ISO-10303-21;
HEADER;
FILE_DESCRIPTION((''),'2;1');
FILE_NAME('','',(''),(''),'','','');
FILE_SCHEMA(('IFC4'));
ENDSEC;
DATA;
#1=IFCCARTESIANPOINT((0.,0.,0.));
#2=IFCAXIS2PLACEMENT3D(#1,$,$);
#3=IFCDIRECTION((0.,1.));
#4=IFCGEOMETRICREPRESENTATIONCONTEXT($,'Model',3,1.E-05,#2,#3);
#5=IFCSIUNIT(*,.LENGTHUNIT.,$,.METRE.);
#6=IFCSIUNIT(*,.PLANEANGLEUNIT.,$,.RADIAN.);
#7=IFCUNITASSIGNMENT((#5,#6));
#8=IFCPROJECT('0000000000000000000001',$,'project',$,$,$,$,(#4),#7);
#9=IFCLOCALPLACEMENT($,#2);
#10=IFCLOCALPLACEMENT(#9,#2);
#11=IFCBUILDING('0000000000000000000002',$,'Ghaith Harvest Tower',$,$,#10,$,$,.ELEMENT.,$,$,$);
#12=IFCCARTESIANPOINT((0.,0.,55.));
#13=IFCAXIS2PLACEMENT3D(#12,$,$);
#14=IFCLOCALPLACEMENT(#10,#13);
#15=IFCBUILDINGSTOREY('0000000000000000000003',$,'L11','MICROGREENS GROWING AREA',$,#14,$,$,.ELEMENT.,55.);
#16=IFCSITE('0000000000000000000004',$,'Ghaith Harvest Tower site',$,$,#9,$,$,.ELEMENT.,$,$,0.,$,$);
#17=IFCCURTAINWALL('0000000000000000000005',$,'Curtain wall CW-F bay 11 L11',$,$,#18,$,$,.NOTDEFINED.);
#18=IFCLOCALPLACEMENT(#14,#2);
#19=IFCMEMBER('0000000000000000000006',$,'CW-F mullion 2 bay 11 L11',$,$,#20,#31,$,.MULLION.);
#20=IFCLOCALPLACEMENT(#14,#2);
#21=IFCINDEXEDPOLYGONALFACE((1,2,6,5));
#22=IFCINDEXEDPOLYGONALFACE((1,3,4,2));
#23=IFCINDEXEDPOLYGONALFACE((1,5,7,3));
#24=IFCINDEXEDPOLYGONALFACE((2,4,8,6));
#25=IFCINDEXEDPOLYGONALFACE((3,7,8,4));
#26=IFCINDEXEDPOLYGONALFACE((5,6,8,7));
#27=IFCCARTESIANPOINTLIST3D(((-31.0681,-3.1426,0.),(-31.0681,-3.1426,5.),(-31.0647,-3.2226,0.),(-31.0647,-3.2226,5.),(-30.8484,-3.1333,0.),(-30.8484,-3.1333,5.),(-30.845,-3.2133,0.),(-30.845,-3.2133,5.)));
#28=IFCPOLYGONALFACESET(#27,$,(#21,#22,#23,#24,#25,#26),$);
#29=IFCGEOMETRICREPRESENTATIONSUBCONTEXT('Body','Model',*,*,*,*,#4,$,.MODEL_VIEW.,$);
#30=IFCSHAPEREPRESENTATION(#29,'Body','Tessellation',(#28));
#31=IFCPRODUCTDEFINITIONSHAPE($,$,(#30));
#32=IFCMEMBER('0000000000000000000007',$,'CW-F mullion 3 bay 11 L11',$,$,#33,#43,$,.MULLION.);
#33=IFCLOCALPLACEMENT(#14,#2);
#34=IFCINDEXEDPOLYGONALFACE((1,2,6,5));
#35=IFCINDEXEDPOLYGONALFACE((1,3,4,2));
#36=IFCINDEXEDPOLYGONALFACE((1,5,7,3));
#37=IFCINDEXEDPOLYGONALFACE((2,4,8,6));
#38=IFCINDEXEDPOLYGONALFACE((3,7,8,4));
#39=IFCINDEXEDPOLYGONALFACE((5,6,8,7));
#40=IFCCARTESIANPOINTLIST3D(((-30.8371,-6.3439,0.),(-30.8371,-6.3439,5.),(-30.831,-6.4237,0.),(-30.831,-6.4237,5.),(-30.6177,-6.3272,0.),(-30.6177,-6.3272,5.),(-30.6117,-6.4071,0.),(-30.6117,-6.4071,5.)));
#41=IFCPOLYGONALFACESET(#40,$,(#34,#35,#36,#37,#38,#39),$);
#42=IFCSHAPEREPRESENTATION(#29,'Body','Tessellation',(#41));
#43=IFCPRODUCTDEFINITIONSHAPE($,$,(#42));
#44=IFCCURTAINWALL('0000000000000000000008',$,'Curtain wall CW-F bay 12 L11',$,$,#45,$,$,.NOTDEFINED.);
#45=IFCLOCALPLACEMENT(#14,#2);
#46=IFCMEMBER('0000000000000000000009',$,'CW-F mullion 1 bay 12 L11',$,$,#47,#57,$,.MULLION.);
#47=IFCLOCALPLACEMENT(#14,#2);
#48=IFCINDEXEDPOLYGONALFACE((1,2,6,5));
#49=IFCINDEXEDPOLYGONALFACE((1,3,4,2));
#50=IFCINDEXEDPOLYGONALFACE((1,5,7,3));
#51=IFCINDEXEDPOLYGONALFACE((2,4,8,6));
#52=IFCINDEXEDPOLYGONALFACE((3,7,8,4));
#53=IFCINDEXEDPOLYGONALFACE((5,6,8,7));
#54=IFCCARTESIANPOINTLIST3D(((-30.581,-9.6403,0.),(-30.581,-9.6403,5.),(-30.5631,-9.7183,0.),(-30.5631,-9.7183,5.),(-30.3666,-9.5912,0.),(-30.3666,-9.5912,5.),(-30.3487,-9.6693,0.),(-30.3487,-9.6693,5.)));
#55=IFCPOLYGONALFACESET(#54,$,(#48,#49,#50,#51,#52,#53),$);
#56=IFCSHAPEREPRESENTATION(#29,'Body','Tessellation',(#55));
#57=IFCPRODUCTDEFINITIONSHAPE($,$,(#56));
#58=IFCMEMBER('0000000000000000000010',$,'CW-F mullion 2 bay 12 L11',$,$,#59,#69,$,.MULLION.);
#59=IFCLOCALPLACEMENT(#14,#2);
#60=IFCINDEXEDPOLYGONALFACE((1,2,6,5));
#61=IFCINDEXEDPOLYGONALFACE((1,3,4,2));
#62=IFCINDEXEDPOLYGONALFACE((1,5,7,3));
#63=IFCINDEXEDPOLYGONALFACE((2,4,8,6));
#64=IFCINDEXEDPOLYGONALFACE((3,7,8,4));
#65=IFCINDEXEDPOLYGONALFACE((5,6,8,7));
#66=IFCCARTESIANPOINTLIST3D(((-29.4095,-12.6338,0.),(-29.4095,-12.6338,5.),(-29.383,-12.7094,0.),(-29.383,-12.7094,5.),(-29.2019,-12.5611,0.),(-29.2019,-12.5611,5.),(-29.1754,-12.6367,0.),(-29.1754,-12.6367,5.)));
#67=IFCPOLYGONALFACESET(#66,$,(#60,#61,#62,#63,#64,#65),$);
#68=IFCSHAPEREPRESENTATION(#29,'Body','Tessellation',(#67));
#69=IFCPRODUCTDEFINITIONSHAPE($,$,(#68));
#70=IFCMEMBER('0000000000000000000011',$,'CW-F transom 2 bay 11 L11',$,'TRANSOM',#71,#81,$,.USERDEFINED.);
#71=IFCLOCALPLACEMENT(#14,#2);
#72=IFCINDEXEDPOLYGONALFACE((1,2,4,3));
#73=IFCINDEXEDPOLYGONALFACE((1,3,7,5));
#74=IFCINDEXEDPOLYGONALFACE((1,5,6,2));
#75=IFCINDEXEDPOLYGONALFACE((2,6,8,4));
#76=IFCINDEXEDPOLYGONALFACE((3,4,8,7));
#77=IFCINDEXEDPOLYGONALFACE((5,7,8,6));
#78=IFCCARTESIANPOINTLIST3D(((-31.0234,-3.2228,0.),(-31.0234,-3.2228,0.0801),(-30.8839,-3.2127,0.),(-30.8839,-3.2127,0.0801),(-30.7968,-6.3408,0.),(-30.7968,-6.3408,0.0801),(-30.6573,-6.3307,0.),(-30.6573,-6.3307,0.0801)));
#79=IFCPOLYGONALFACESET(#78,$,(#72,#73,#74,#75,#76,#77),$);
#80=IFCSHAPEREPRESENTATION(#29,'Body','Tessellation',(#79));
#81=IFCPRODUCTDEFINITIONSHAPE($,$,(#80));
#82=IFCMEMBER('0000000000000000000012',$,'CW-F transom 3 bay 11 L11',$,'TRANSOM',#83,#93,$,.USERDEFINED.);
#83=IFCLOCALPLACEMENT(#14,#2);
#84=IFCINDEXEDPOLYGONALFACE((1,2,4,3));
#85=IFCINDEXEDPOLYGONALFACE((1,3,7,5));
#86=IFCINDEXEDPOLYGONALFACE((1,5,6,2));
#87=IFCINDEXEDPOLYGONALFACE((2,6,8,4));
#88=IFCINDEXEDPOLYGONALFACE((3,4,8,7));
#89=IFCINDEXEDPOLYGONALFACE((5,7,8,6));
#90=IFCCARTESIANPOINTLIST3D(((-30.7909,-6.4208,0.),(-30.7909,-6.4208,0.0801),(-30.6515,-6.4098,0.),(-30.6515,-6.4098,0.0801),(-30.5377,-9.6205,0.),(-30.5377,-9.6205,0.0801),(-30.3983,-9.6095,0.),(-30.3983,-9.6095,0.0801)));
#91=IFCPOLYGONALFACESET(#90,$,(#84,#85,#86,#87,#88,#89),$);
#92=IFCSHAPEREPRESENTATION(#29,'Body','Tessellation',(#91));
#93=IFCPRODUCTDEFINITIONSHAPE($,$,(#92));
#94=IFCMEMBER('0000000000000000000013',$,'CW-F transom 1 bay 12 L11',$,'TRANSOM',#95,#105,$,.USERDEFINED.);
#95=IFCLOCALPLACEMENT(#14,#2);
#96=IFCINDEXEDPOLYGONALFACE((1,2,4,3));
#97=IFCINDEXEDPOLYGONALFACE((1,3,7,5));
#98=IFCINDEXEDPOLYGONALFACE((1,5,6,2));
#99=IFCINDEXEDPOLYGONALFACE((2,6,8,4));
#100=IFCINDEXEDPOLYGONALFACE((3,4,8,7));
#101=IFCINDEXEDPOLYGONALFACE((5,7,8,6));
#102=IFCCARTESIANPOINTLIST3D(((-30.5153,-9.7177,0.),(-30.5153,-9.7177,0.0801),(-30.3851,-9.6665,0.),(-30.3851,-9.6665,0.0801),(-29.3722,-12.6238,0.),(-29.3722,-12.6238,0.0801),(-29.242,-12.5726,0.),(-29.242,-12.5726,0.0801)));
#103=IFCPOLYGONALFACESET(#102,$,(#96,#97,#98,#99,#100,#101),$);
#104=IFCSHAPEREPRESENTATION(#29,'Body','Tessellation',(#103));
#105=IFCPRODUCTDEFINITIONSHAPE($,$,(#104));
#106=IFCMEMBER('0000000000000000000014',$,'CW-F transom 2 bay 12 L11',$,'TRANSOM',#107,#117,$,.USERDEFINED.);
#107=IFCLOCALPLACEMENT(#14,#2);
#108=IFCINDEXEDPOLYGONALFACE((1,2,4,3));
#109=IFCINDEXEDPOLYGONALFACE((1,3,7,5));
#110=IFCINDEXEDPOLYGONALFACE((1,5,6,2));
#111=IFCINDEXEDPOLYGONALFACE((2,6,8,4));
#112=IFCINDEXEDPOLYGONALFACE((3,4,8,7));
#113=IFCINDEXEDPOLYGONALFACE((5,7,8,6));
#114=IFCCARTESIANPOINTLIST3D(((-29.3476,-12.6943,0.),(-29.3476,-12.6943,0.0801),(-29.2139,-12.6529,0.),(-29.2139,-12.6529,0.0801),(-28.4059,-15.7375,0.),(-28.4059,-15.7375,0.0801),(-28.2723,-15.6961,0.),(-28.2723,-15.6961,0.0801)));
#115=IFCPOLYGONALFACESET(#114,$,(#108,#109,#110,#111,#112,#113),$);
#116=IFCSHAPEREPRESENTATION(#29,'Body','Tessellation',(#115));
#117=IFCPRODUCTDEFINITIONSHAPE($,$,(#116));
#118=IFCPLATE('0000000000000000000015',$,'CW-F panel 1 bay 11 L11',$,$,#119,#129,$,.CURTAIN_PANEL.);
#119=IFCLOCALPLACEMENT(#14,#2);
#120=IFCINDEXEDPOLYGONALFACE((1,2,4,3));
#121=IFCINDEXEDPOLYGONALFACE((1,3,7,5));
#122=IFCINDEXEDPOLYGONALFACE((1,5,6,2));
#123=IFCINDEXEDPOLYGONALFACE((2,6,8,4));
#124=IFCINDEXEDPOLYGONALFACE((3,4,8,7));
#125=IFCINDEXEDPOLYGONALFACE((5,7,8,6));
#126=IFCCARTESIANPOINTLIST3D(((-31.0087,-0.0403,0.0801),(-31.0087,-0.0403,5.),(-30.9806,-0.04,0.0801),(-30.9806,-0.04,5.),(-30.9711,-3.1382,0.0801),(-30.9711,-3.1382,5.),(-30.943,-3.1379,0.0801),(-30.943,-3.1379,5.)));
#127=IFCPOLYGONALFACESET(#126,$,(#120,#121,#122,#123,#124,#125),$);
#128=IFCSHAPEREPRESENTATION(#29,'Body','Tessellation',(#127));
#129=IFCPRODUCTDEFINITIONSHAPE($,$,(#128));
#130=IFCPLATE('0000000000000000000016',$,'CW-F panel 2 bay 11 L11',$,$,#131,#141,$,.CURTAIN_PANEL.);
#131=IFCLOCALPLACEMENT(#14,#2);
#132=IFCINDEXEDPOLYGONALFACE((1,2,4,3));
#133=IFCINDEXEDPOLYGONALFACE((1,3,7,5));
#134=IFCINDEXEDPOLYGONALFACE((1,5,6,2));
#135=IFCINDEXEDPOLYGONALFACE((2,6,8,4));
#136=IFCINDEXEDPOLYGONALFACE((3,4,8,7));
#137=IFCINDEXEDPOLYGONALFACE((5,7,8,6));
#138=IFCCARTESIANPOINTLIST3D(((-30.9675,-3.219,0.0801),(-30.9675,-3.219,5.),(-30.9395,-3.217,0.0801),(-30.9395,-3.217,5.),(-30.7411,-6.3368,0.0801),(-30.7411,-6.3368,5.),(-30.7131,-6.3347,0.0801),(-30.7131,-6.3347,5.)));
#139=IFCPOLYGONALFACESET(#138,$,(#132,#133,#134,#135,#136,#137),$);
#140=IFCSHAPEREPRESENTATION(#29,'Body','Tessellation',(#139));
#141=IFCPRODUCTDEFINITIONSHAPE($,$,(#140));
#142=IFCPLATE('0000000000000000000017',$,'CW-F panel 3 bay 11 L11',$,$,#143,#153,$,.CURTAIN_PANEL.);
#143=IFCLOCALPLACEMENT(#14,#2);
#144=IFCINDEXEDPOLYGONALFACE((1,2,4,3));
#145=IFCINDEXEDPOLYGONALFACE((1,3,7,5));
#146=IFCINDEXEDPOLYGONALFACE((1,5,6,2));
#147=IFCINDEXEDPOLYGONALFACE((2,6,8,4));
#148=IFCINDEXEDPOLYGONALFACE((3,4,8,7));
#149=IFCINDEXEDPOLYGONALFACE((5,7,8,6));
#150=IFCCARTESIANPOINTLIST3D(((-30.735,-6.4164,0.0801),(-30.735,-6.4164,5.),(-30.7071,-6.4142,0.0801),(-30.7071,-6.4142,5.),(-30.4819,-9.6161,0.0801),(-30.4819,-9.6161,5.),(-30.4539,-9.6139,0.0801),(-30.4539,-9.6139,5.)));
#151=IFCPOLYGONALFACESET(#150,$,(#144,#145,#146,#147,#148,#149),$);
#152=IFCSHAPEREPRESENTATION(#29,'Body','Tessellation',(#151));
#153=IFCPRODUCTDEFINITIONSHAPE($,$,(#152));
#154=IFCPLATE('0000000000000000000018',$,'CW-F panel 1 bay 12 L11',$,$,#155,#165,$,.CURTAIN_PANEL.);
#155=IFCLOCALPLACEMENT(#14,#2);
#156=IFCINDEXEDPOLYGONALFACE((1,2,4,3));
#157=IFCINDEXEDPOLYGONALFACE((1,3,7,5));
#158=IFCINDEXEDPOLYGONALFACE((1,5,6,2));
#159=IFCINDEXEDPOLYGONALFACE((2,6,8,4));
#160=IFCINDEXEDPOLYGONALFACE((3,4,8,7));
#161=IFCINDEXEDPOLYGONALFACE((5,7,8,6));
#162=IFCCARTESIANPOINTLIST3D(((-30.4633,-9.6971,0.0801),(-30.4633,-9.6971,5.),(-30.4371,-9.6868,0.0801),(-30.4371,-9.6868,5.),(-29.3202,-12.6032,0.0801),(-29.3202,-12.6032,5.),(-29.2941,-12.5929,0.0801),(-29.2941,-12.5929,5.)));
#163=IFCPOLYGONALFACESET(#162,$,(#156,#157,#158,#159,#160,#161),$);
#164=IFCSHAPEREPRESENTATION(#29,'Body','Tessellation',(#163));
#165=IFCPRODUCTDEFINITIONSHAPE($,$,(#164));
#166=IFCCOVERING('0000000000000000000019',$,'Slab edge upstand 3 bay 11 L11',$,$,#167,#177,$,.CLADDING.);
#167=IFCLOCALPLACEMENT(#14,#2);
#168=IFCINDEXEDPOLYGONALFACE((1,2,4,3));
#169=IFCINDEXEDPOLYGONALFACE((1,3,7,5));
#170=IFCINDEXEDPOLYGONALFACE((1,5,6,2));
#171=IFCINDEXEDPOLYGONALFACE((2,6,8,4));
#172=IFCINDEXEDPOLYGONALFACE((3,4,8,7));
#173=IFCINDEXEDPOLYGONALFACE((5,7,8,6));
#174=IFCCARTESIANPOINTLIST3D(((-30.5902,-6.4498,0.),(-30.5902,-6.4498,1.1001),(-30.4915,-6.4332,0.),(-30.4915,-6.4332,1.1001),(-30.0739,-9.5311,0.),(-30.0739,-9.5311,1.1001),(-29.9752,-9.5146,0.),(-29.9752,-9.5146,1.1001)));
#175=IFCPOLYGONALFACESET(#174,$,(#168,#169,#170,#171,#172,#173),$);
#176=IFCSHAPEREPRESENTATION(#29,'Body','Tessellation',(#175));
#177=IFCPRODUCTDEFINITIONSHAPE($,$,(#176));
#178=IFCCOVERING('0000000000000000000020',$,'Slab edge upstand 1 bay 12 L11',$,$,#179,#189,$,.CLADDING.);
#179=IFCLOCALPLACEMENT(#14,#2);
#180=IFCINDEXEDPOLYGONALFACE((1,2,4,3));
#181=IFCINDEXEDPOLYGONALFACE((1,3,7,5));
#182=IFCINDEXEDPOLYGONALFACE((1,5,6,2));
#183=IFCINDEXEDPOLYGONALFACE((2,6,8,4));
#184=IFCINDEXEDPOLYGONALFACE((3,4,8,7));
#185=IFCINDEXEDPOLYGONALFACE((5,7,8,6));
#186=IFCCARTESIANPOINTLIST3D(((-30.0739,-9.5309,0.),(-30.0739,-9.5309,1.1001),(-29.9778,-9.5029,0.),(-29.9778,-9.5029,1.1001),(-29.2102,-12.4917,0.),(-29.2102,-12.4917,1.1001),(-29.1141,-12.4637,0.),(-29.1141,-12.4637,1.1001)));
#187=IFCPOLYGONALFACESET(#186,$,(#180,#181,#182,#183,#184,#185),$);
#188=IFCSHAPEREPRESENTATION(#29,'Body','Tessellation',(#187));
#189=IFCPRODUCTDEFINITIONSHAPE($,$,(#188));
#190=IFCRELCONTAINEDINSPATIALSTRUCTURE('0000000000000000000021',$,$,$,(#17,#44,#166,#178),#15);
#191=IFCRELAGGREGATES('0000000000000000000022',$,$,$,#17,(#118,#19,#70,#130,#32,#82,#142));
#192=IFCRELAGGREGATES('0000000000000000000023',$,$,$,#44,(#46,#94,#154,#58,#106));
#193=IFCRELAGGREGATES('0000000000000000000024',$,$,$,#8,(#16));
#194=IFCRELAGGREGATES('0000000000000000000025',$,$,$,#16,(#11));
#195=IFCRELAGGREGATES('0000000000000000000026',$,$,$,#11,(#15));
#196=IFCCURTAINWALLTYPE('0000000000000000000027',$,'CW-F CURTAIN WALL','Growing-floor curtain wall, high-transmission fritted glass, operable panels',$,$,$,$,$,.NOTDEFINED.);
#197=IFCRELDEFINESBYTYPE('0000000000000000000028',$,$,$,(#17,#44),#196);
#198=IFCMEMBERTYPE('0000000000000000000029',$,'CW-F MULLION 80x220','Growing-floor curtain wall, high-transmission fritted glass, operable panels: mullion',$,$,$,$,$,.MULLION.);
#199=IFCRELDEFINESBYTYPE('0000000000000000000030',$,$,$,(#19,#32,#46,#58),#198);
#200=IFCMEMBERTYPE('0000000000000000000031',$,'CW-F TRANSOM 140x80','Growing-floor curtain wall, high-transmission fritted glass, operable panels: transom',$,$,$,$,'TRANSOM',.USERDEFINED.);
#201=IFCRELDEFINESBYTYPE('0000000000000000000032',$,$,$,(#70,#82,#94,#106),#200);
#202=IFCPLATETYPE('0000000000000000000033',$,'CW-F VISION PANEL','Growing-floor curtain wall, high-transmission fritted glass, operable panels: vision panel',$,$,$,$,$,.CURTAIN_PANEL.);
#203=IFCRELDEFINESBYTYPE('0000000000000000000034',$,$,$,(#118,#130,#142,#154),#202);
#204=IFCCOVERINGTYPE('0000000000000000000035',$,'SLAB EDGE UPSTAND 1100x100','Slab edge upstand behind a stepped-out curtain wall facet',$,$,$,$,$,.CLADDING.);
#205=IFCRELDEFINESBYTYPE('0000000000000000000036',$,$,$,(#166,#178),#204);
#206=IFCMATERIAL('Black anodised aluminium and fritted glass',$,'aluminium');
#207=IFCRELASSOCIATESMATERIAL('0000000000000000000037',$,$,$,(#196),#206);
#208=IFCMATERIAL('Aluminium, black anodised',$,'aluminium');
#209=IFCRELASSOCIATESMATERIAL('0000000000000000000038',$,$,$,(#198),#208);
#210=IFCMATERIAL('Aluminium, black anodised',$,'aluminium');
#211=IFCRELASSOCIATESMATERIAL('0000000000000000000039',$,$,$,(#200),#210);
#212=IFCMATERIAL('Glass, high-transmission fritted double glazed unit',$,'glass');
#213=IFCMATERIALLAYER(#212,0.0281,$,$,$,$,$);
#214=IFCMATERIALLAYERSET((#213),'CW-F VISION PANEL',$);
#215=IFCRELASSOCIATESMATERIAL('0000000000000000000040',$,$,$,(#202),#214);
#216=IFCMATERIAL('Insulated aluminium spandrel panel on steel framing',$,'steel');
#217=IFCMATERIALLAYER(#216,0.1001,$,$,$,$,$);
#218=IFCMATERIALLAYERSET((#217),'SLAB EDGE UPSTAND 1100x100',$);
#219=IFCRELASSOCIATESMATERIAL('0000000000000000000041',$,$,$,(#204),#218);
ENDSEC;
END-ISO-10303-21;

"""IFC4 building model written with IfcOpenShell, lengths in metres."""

from ifc_helpers import new_model, si_unit, direction, frame, origin, origin_2d, place, context, subcontext, project, spatial, rectangle, extrude, material, layer, layer_set, material_profile, profile_set, type_object, element, aggregate, save


model = new_model("IFC4")

# Units and contexts
model_context = context("Model", 3, precision=1e-05, world=origin(), true_north=direction((0.0, 1.0)))
body_context = subcontext(model_context, "Body", "Model", "MODEL_VIEW")
ifc_project = project(units=[si_unit("LENGTHUNIT", "METRE"), si_unit("PLANEANGLEUNIT", "RADIAN")], contexts=[model_context])

# Site, building, storey
site_placement = place(None, origin())
site = spatial("IfcSite", under=ifc_project, at=site_placement, Name="Ghaith Harvest Tower site", CompositionType="ELEMENT", RefElevation=0.0)
building_placement = place(site_placement, origin())
building = spatial("IfcBuilding", under=site, at=building_placement, Name="Ghaith Harvest Tower", CompositionType="ELEMENT")
storey_placement = place(building_placement, frame((0.0, 0.0, 55.0)))
storey = spatial("IfcBuildingStorey", under=building, at=storey_placement, Name="L11", Description="MICROGREENS GROWING AREA", CompositionType="ELEMENT", Elevation=55.0)

# Curtain walls, members
ifc_material_1 = material(Name="Black anodised aluminium and fritted glass", Category="aluminium")
curtain_wall_type = type_object("IfcCurtainWallType", Name="CW-F CURTAIN WALL", Description="Growing-floor curtain wall, high-transmission fritted glass, operable panels", PredefinedType="NOTDEFINED", material=ifc_material_1)
curtain_wall_1_placement = place(storey_placement, origin())
curtain_wall_1 = element("IfcCurtainWall", 1, at=curtain_wall_1_placement, inside=storey, type_object=curtain_wall_type, Name="Curtain wall CW-F bay 11 L11", PredefinedType="NOTDEFINED")
ifc_material_2 = material(Name="Aluminium, black anodised", Category="aluminium")
ifc_material_profile_1 = material_profile(ifc_material_2, rectangle(XDim=0.0801, YDim=0.22, at=origin_2d()), Name="CW-F MULLION 80x220")
ifc_profile_set_1 = profile_set([ifc_material_profile_1], Name="Aluminium, black anodised")
member_type_1 = type_object("IfcMemberType", Name="CW-F MULLION 80x220", Description="Growing-floor curtain wall, high-transmission fritted glass, operable panels: mullion", PredefinedType="MULLION", material=ifc_profile_set_1)
member_1_placement = place(storey_placement, frame((-30.9565, -3.178, 0.0), z_axis=(0.0, 0.0, 1.0), x_axis=(0.042427, -0.9991, 0.0)))
member_1 = element("IfcMember", 2, at=member_1_placement, type_object=member_type_1, Name="CW-F mullion 2 bay 11 L11", PredefinedType="MULLION", context=body_context, shape_type="SweptSolid", body=[
    extrude(rectangle(XDim=0.0801, YDim=0.22, at=origin_2d()), origin(), (0.0, 0.0, 1.0), 5.0),
])
member_2_placement = place(storey_placement, frame((-30.7244, -6.3755, 0.0), z_axis=(0.0, 0.0, 1.0), x_axis=(0.075686, -0.997132, 0.0)))
member_2 = element("IfcMember", 3, at=member_2_placement, type_object=member_type_1, Name="CW-F mullion 3 bay 11 L11", PredefinedType="MULLION", context=body_context, shape_type="SweptSolid", body=[
    extrude(rectangle(XDim=0.0801, YDim=0.22, at=origin_2d()), origin(), (0.0, 0.0, 1.0), 5.0),
])
curtain_wall_2_placement = place(storey_placement, origin())
curtain_wall_2 = element("IfcCurtainWall", 4, at=curtain_wall_2_placement, inside=storey, type_object=curtain_wall_type, Name="Curtain wall CW-F bay 12 L11", PredefinedType="NOTDEFINED")
member_3_placement = place(storey_placement, frame((-30.4648, -9.6548, 0.0), z_axis=(0.0, 0.0, 1.0), x_axis=(0.222967, -0.974826, 0.0)))
member_3 = element("IfcMember", 5, at=member_3_placement, type_object=member_type_1, Name="CW-F mullion 1 bay 12 L11", PredefinedType="MULLION", context=body_context, shape_type="SweptSolid", body=[
    extrude(rectangle(XDim=0.0801, YDim=0.22, at=origin_2d()), origin(), (0.0, 0.0, 1.0), 5.0),
])
member_4_placement = place(storey_placement, frame((-29.2925, -12.6353, 0.0), z_axis=(0.0, 0.0, 1.0), x_axis=(0.330701, -0.943736, 0.0)))
member_4 = element("IfcMember", 6, at=member_4_placement, type_object=member_type_1, Name="CW-F mullion 2 bay 12 L11", PredefinedType="MULLION", context=body_context, shape_type="SweptSolid", body=[
    extrude(rectangle(XDim=0.0801, YDim=0.22, at=origin_2d()), origin(), (0.0, 0.0, 1.0), 5.0),
])

# Members
ifc_material_3 = material(Name="Aluminium, black anodised", Category="aluminium")
ifc_material_profile_2 = material_profile(ifc_material_3, rectangle(XDim=0.1399, YDim=0.0801, at=origin_2d()), Name="CW-F TRANSOM 140x80")
ifc_profile_set_2 = profile_set([ifc_material_profile_2], Name="Aluminium, black anodised")
member_type_2 = type_object("IfcMemberType", Name="CW-F TRANSOM 140x80", Description="Growing-floor curtain wall, high-transmission fritted glass, operable panels: transom", ElementType="TRANSOM", PredefinedType="USERDEFINED", material=ifc_profile_set_2)
member_5_placement = place(storey_placement, frame((-30.9536, -3.2178, 0.04), z_axis=(0.072474, -0.99737, 0.0), x_axis=(0.99737, 0.072474, 0.0)))
member_5 = element("IfcMember", 7, at=member_5_placement, type_object=member_type_2, Name="CW-F transom 2 bay 11 L11", ObjectType="TRANSOM", PredefinedType="USERDEFINED", context=body_context, shape_type="SweptSolid", body=[
    extrude(rectangle(XDim=0.1399, YDim=0.0801, at=origin_2d()), origin(), (0.0, 0.0, 1.0), 3.1262),
])
member_6_placement = place(storey_placement, frame((-30.7212, -6.4153, 0.04), z_axis=(0.078878, -0.996884, 0.0), x_axis=(0.996884, 0.078878, 0.0)))
member_6 = element("IfcMember", 8, at=member_6_placement, type_object=member_type_2, Name="CW-F transom 3 bay 11 L11", ObjectType="TRANSOM", PredefinedType="USERDEFINED", context=body_context, shape_type="SweptSolid", body=[
    extrude(rectangle(XDim=0.1399, YDim=0.0801, at=origin_2d()), origin(), (0.0, 0.0, 1.0), 3.2097),
])
member_7_placement = place(storey_placement, frame((-30.4502, -9.6921, 0.04), z_axis=(0.366047, -0.930597, 0.0), x_axis=(0.930597, 0.366047, 0.0)))
member_7 = element("IfcMember", 9, at=member_7_placement, type_object=member_type_2, Name="CW-F transom 1 bay 12 L11", ObjectType="TRANSOM", PredefinedType="USERDEFINED", context=body_context, shape_type="SweptSolid", body=[
    extrude(rectangle(XDim=0.1399, YDim=0.0801, at=origin_2d()), origin(), (0.0, 0.0, 1.0), 3.1228),
])
member_8_placement = place(storey_placement, frame((-29.2808, -12.6736, 0.04), z_axis=(0.295599, -0.955312, 0.0), x_axis=(0.955312, 0.295599, 0.0)))
member_8 = element("IfcMember", 10, at=member_8_placement, type_object=member_type_2, Name="CW-F transom 2 bay 12 L11", ObjectType="TRANSOM", PredefinedType="USERDEFINED", context=body_context, shape_type="SweptSolid", body=[
    extrude(rectangle(XDim=0.1399, YDim=0.0801, at=origin_2d()), origin(), (0.0, 0.0, 1.0), 3.1855),
])

# Plates
ifc_material_4 = material(Name="Glass, high-transmission fritted double glazed unit", Category="glass")
ifc_layer_1 = layer(ifc_material_4, 0.0281)
ifc_layer_set_1 = layer_set([ifc_layer_1], Name="CW-F VISION PANEL")
plate_type = type_object("IfcPlateType", Name="CW-F VISION PANEL", Description="Growing-floor curtain wall, high-transmission fritted glass, operable panels: vision panel", PredefinedType="CURTAIN_PANEL", material=ifc_layer_set_1)
plate_1_placement = place(storey_placement, frame((-30.9758, -1.5891, 0.0801), z_axis=(0.0, 0.0, 1.0), x_axis=(0.012133, -0.999926, 0.0)))
plate_1 = element("IfcPlate", 11, at=plate_1_placement, type_object=plate_type, Name="CW-F panel 1 bay 11 L11", PredefinedType="CURTAIN_PANEL", context=body_context, shape_type="SweptSolid", body=[
    extrude(rectangle(XDim=3.0981, YDim=0.0281, at=origin_2d()), origin(), (0.0, 0.0, 1.0), 4.9199),
])
plate_2_placement = place(storey_placement, frame((-30.8403, -4.7769, 0.0801), z_axis=(0.0, 0.0, 1.0), x_axis=(0.072421, -0.997374, 0.0)))
plate_2 = element("IfcPlate", 12, at=plate_2_placement, type_object=plate_type, Name="CW-F panel 2 bay 11 L11", PredefinedType="CURTAIN_PANEL", context=body_context, shape_type="SweptSolid", body=[
    extrude(rectangle(XDim=3.126, YDim=0.0281, at=origin_2d()), origin(), (0.0, 0.0, 1.0), 4.9199),
])
plate_3_placement = place(storey_placement, frame((-30.5945, -8.0151, 0.0801), z_axis=(0.0, 0.0, 1.0), x_axis=(0.078867, -0.996885, 0.0)))
plate_3 = element("IfcPlate", 13, at=plate_3_placement, type_object=plate_type, Name="CW-F panel 3 bay 11 L11", PredefinedType="CURTAIN_PANEL", context=body_context, shape_type="SweptSolid", body=[
    extrude(rectangle(XDim=3.2097, YDim=0.0281, at=origin_2d()), origin(), (0.0, 0.0, 1.0), 4.9199),
])
aggregate(curtain_wall_1, [plate_1, member_1, member_5, plate_2, member_2, member_6, plate_3])
plate_4_placement = place(storey_placement, frame((-29.8787, -11.145, 0.0801), z_axis=(0.0, 0.0, 1.0), x_axis=(0.36604, -0.930599, 0.0)))
plate_4 = element("IfcPlate", 14, at=plate_4_placement, type_object=plate_type, Name="CW-F panel 1 bay 12 L11", PredefinedType="CURTAIN_PANEL", context=body_context, shape_type="SweptSolid", body=[
    extrude(rectangle(XDim=3.1228, YDim=0.0281, at=origin_2d()), origin(), (0.0, 0.0, 1.0), 4.9199),
])
aggregate(curtain_wall_2, [member_3, member_7, plate_4, member_4, member_8])

# Coverings
ifc_material_5 = material(Name="Insulated aluminium spandrel panel on steel framing", Category="steel")
ifc_layer_2 = layer(ifc_material_5, 0.1001)
ifc_layer_set_2 = layer_set([ifc_layer_2], Name="SLAB EDGE UPSTAND 1100x100")
covering_type = type_object("IfcCoveringType", Name="SLAB EDGE UPSTAND 1100x100", Description="Slab edge upstand behind a stepped-out curtain wall facet", PredefinedType="CLADDING", material=ifc_layer_set_2)
covering_1_placement = place(storey_placement, frame((-30.2827, -7.9822, 0.0), z_axis=(0.0, 0.0, 1.0), x_axis=(0.165246, -0.986252, 0.0)))
element("IfcCovering", 15, at=covering_1_placement, inside=storey, type_object=covering_type, Name="Slab edge upstand 3 bay 11 L11", PredefinedType="CLADDING", context=body_context, shape_type="SweptSolid", body=[
    extrude(rectangle(XDim=3.1243, YDim=0.1001, at=origin_2d()), origin(), (0.0, 0.0, 1.0), 1.1001),
])
covering_2_placement = place(storey_placement, frame((-29.594, -10.9973, 0.0), z_axis=(0.0, 0.0, 1.0), x_axis=(0.280032, -0.959991, 0.0)))
element("IfcCovering", 16, at=covering_2_placement, inside=storey, type_object=covering_type, Name="Slab edge upstand 1 bay 12 L11", PredefinedType="CLADDING", context=body_context, shape_type="SweptSolid", body=[
    extrude(rectangle(XDim=3.0842, YDim=0.1001, at=origin_2d()), origin(), (0.0, 0.0, 1.0), 1.1001),
])

save(model, "model.ifc")
